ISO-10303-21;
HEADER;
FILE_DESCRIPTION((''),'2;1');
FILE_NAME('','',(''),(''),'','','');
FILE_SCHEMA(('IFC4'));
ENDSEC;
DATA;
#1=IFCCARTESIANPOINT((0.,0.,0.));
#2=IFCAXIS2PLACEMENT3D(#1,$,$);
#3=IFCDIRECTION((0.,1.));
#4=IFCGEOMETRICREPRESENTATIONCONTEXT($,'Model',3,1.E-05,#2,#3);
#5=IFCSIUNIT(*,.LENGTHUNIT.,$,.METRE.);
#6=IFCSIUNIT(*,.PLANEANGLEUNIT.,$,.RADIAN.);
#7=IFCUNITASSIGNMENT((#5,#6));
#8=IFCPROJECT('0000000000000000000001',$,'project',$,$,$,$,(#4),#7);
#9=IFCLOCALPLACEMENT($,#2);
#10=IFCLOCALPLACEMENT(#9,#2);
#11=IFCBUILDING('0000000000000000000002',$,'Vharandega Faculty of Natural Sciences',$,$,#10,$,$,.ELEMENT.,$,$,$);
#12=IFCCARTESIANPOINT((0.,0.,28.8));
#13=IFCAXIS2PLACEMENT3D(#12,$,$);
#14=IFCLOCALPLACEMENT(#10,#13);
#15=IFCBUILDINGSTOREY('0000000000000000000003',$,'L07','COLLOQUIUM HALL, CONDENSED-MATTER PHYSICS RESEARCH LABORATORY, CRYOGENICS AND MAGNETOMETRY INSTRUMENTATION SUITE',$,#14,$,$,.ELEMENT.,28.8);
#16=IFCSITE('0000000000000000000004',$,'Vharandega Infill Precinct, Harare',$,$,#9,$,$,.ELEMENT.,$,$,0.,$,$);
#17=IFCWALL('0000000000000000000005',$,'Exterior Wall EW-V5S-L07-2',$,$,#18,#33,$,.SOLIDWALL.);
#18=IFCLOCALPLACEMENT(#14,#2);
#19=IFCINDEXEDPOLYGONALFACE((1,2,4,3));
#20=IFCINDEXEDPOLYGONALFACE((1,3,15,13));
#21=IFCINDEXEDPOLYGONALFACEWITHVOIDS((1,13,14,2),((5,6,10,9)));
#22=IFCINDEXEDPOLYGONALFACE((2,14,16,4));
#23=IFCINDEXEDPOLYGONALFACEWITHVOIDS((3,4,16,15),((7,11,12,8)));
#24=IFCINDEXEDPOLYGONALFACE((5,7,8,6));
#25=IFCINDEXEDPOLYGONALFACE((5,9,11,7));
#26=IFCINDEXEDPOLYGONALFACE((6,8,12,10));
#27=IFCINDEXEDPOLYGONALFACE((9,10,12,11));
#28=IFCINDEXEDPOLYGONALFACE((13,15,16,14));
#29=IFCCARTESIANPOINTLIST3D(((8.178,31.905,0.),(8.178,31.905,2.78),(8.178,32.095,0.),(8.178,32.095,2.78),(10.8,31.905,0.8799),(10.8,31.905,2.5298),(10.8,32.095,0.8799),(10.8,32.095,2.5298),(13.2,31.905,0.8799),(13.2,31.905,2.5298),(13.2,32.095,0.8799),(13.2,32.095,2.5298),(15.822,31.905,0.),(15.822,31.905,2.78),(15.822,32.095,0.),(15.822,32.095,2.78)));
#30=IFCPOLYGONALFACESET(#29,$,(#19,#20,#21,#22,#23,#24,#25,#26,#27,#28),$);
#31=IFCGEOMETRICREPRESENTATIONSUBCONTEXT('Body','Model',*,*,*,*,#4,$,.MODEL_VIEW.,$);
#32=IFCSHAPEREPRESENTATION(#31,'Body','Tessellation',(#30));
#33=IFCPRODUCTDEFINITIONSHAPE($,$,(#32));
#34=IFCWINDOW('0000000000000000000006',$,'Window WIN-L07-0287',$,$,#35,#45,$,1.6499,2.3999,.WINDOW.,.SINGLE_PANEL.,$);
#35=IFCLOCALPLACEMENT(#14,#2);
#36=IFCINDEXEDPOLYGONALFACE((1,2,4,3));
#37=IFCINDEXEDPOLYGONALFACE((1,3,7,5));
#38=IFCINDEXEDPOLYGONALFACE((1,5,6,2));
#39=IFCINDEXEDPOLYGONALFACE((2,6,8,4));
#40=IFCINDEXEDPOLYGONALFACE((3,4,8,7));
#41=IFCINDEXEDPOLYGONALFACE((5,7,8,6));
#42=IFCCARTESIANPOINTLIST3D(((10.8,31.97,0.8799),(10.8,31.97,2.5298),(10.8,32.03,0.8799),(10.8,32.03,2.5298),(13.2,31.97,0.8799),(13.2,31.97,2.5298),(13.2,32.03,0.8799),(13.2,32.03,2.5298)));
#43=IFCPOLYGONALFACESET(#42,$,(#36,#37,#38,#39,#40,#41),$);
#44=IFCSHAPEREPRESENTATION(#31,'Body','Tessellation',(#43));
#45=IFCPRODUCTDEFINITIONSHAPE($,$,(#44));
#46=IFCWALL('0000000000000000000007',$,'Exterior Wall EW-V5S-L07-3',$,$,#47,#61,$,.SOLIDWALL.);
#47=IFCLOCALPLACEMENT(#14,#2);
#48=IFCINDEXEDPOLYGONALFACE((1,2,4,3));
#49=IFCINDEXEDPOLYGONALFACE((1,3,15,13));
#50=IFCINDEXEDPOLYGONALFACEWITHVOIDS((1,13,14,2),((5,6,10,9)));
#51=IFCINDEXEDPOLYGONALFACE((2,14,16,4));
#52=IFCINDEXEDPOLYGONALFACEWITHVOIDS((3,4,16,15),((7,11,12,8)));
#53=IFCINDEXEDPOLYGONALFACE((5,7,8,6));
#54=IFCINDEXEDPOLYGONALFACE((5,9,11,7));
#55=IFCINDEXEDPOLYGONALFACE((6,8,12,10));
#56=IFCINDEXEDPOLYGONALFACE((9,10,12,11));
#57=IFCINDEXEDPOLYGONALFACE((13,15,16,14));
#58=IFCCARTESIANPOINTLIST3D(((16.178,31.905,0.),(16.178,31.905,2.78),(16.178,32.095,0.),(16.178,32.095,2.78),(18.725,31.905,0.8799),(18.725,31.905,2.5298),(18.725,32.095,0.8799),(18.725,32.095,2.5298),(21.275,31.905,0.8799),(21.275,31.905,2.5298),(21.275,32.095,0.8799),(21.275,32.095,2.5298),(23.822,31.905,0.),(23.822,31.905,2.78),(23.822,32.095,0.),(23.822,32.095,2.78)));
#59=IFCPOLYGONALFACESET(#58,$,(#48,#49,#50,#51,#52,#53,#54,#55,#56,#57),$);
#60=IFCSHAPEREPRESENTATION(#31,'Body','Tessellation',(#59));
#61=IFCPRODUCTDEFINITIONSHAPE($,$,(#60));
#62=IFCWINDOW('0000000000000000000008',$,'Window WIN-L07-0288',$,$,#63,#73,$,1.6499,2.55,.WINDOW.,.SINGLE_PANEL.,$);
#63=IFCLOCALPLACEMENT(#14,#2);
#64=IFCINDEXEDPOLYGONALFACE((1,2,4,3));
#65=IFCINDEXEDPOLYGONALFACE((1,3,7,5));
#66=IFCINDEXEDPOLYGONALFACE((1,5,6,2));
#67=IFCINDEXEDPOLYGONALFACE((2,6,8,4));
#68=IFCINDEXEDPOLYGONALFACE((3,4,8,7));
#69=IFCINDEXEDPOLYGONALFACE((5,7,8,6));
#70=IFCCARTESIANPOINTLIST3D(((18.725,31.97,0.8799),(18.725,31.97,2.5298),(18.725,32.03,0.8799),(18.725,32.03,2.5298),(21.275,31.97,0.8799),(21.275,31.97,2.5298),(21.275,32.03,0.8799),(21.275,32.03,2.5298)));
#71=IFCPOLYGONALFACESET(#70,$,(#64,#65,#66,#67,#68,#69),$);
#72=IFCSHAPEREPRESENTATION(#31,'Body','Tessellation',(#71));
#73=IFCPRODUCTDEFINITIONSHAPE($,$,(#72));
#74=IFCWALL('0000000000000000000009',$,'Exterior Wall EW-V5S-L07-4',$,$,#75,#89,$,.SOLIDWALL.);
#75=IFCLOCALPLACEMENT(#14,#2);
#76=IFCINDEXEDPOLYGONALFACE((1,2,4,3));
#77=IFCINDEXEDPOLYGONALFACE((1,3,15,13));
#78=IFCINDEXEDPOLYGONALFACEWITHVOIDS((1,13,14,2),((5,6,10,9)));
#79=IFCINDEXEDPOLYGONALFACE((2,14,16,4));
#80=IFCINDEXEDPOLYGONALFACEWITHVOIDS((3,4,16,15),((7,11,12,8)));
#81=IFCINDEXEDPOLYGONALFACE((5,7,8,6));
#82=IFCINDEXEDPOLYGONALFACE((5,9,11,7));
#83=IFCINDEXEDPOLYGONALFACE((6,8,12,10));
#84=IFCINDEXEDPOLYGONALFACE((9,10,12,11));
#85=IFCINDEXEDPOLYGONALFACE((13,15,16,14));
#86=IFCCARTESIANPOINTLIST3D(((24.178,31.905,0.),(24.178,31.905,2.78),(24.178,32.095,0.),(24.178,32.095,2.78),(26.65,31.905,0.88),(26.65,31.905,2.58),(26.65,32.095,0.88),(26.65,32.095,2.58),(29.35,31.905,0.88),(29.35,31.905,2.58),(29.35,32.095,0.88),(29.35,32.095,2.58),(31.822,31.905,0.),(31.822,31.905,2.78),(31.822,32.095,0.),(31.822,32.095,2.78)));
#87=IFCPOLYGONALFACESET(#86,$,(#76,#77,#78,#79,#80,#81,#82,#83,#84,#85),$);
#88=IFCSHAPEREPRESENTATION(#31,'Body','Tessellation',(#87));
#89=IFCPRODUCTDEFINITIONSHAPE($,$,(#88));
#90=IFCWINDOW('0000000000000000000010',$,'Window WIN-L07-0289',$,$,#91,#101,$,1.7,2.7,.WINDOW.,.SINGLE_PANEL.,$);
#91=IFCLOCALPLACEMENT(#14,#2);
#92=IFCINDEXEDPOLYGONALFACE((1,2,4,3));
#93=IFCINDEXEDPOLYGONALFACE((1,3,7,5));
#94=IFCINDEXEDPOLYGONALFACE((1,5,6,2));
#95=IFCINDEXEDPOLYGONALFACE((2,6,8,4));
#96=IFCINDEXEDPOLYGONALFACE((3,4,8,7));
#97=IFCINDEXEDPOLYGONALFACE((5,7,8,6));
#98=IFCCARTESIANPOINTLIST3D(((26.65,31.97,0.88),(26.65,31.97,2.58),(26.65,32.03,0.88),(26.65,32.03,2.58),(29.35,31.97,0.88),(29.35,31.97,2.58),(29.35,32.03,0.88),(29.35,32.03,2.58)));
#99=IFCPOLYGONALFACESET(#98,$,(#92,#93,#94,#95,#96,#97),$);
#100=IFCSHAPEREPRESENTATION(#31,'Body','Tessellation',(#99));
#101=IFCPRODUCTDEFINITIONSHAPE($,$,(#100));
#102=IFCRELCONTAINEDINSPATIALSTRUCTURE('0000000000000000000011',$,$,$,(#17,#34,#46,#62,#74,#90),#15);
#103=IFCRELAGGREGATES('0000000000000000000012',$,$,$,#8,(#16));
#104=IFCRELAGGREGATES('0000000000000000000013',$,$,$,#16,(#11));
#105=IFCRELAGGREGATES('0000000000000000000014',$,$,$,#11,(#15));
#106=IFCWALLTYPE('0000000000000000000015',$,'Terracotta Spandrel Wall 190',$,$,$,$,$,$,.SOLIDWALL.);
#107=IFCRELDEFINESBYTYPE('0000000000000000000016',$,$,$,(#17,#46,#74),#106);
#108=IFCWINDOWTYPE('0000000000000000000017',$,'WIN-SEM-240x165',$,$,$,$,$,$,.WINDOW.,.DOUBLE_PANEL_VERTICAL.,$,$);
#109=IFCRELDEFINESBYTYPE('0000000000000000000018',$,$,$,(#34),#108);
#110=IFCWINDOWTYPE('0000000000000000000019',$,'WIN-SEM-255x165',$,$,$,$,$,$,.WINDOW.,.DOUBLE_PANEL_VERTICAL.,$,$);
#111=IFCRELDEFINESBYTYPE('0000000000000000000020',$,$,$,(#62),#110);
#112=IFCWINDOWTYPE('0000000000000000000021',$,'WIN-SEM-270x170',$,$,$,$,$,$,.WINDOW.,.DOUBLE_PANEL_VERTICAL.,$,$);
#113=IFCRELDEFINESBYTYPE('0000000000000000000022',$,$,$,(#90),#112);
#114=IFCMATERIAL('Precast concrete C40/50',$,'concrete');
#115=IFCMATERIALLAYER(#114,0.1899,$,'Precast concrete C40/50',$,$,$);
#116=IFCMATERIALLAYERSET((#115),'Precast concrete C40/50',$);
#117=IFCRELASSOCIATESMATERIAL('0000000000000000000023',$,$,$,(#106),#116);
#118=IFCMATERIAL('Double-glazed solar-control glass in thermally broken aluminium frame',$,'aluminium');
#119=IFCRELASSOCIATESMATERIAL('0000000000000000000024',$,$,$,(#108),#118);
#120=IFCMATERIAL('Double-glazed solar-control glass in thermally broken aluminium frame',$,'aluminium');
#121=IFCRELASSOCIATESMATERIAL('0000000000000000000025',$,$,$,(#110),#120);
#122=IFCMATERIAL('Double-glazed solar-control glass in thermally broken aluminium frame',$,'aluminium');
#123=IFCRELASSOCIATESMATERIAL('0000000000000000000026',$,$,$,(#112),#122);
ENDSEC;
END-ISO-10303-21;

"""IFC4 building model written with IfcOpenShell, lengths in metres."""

from ifc_helpers import new_model, si_unit, direction, frame, frame_2d, origin, place, context, subcontext, project, spatial, rectangle, extrude, material, layer, layer_set, type_object, element, fill, save


model = new_model("IFC4")

# Units and contexts
model_context = context("Model", 3, precision=1e-05, world=origin(), true_north=direction((0.0, 1.0)))
body_context = subcontext(model_context, "Body", "Model", "MODEL_VIEW")
ifc_project = project(units=[si_unit("LENGTHUNIT", "METRE"), si_unit("PLANEANGLEUNIT", "RADIAN")], contexts=[model_context])

# Site, building, storey
site_placement = place(None, origin())
site = spatial("IfcSite", under=ifc_project, at=site_placement, Name="Vharandega Infill Precinct, Harare", CompositionType="ELEMENT", RefElevation=0.0)
building_placement = place(site_placement, origin())
building = spatial("IfcBuilding", under=site, at=building_placement, Name="Vharandega Faculty of Natural Sciences", CompositionType="ELEMENT")
storey_placement = place(building_placement, frame((0.0, 0.0, 28.8)))
storey = spatial("IfcBuildingStorey", under=building, at=storey_placement, Name="L07", Description="COLLOQUIUM HALL, CONDENSED-MATTER PHYSICS RESEARCH LABORATORY, CRYOGENICS AND MAGNETOMETRY INSTRUMENTATION SUITE", CompositionType="ELEMENT", Elevation=28.8)

# Walls, openings, windows
ifc_material_1 = material(Name="Precast concrete C40/50", Category="concrete")
ifc_layer_1 = layer(ifc_material_1, 0.1899, Name="Precast concrete C40/50")
ifc_layer_set_1 = layer_set([ifc_layer_1], Name="Precast concrete C40/50")
wall_type_1 = type_object("IfcWallType", Name="Terracotta Spandrel Wall 190", PredefinedType="SOLIDWALL", material=ifc_layer_set_1)
wall_1_placement = place(storey_placement, frame((15.822, 32.0, 0.0), z_axis=(0.0, 0.0, 1.0), x_axis=(-1.0, 0.0, 0.0)))
wall_1 = element("IfcWall", 1, at=wall_1_placement, inside=storey, type_object=wall_type_1, Name="Exterior Wall EW-V5S-L07-2", PredefinedType="SOLIDWALL", context=body_context, shape_type="SweptSolid", body=[
    extrude(rectangle(XDim=7.644, YDim=0.1899, at=frame_2d((3.822, 0.0))), origin(), (0.0, 0.0, 1.0), 2.78),
])
opening_1_placement = place(wall_1_placement, frame((2.6221, 0.0, 0.8799)))
opening_1 = element("IfcOpeningElement", 2, at=opening_1_placement, cuts=wall_1, PredefinedType="OPENING", context=body_context, shape_type="SweptSolid", body=[
    extrude(rectangle(XDim=2.3999, YDim=1.6499, at=frame_2d((1.2, 0.825))), frame((0.0, 0.105, 0.0), z_axis=(0.0, -1.0, 0.0), x_axis=(1.0, 0.0, 0.0)), (0.0, 0.0, 1.0), 0.21),
])
ifc_material_2 = material(Name="Double-glazed solar-control glass in thermally broken aluminium frame", Category="aluminium")
window_type_1 = type_object("IfcWindowType", Name="WIN-SEM-240x165", PartitioningType="DOUBLE_PANEL_VERTICAL", PredefinedType="WINDOW", material=ifc_material_2)
window_1_placement = place(opening_1_placement, origin())
window_1 = element("IfcWindow", 3, at=window_1_placement, inside=storey, type_object=window_type_1, Name="Window WIN-L07-0287", OverallHeight=1.6499, OverallWidth=2.3999, PartitioningType="SINGLE_PANEL", PredefinedType="WINDOW", context=body_context, shape_type="SweptSolid", body=[
    extrude(rectangle(XDim=2.3999, YDim=1.6499, at=frame_2d((1.2, 0.825))), frame((0.0, 0.03, 0.0), z_axis=(0.0, -1.0, 0.0), x_axis=(1.0, 0.0, 0.0)), (0.0, 0.0, 1.0), 0.0601),
])
fill(opening_1, window_1)
wall_2_placement = place(storey_placement, frame((23.822, 32.0, 0.0), z_axis=(0.0, 0.0, 1.0), x_axis=(-1.0, 0.0, 0.0)))
wall_2 = element("IfcWall", 4, at=wall_2_placement, inside=storey, type_object=wall_type_1, Name="Exterior Wall EW-V5S-L07-3", PredefinedType="SOLIDWALL", context=body_context, shape_type="SweptSolid", body=[
    extrude(rectangle(XDim=7.644, YDim=0.1899, at=frame_2d((3.822, 0.0))), origin(), (0.0, 0.0, 1.0), 2.78),
])
opening_2_placement = place(wall_2_placement, frame((2.5471, 0.0, 0.8799)))
opening_2 = element("IfcOpeningElement", 5, at=opening_2_placement, cuts=wall_2, PredefinedType="OPENING", context=body_context, shape_type="SweptSolid", body=[
    extrude(rectangle(XDim=2.55, YDim=1.6499, at=frame_2d((1.2749, 0.825))), frame((0.0, 0.105, 0.0), z_axis=(0.0, -1.0, 0.0), x_axis=(1.0, 0.0, 0.0)), (0.0, 0.0, 1.0), 0.21),
])
ifc_material_3 = material(Name="Double-glazed solar-control glass in thermally broken aluminium frame", Category="aluminium")
window_type_2 = type_object("IfcWindowType", Name="WIN-SEM-255x165", PartitioningType="DOUBLE_PANEL_VERTICAL", PredefinedType="WINDOW", material=ifc_material_3)
window_2_placement = place(opening_2_placement, origin())
window_2 = element("IfcWindow", 6, at=window_2_placement, inside=storey, type_object=window_type_2, Name="Window WIN-L07-0288", OverallHeight=1.6499, OverallWidth=2.55, PartitioningType="SINGLE_PANEL", PredefinedType="WINDOW", context=body_context, shape_type="SweptSolid", body=[
    extrude(rectangle(XDim=2.55, YDim=1.6499, at=frame_2d((1.2749, 0.825))), frame((0.0, 0.03, 0.0), z_axis=(0.0, -1.0, 0.0), x_axis=(1.0, 0.0, 0.0)), (0.0, 0.0, 1.0), 0.0601),
])
fill(opening_2, window_2)
wall_3_placement = place(storey_placement, frame((31.822, 32.0, 0.0), z_axis=(0.0, 0.0, 1.0), x_axis=(-1.0, 0.0, 0.0)))
wall_3 = element("IfcWall", 7, at=wall_3_placement, inside=storey, type_object=wall_type_1, Name="Exterior Wall EW-V5S-L07-4", PredefinedType="SOLIDWALL", context=body_context, shape_type="SweptSolid", body=[
    extrude(rectangle(XDim=7.644, YDim=0.1899, at=frame_2d((3.822, 0.0))), origin(), (0.0, 0.0, 1.0), 2.78),
])
opening_3_placement = place(wall_3_placement, frame((2.4719, 0.0, 0.8799)))
opening_3 = element("IfcOpeningElement", 8, at=opening_3_placement, cuts=wall_3, PredefinedType="OPENING", context=body_context, shape_type="SweptSolid", body=[
    extrude(rectangle(XDim=2.7, YDim=1.7, at=frame_2d((1.3501, 0.8501))), frame((0.0, 0.105, 0.0), z_axis=(0.0, -1.0, 0.0), x_axis=(1.0, 0.0, 0.0)), (0.0, 0.0, 1.0), 0.21),
])
ifc_material_4 = material(Name="Double-glazed solar-control glass in thermally broken aluminium frame", Category="aluminium")
window_type_3 = type_object("IfcWindowType", Name="WIN-SEM-270x170", PartitioningType="DOUBLE_PANEL_VERTICAL", PredefinedType="WINDOW", material=ifc_material_4)
window_3_placement = place(opening_3_placement, origin())
window_3 = element("IfcWindow", 9, at=window_3_placement, inside=storey, type_object=window_type_3, Name="Window WIN-L07-0289", OverallHeight=1.7, OverallWidth=2.7, PartitioningType="SINGLE_PANEL", PredefinedType="WINDOW", context=body_context, shape_type="SweptSolid", body=[
    extrude(rectangle(XDim=2.7, YDim=1.7, at=frame_2d((1.3501, 0.8501))), frame((0.0, 0.03, 0.0), z_axis=(0.0, -1.0, 0.0), x_axis=(1.0, 0.0, 0.0)), (0.0, 0.0, 1.0), 0.0601),
])
fill(opening_3, window_3)

save(model, "model.ifc")
